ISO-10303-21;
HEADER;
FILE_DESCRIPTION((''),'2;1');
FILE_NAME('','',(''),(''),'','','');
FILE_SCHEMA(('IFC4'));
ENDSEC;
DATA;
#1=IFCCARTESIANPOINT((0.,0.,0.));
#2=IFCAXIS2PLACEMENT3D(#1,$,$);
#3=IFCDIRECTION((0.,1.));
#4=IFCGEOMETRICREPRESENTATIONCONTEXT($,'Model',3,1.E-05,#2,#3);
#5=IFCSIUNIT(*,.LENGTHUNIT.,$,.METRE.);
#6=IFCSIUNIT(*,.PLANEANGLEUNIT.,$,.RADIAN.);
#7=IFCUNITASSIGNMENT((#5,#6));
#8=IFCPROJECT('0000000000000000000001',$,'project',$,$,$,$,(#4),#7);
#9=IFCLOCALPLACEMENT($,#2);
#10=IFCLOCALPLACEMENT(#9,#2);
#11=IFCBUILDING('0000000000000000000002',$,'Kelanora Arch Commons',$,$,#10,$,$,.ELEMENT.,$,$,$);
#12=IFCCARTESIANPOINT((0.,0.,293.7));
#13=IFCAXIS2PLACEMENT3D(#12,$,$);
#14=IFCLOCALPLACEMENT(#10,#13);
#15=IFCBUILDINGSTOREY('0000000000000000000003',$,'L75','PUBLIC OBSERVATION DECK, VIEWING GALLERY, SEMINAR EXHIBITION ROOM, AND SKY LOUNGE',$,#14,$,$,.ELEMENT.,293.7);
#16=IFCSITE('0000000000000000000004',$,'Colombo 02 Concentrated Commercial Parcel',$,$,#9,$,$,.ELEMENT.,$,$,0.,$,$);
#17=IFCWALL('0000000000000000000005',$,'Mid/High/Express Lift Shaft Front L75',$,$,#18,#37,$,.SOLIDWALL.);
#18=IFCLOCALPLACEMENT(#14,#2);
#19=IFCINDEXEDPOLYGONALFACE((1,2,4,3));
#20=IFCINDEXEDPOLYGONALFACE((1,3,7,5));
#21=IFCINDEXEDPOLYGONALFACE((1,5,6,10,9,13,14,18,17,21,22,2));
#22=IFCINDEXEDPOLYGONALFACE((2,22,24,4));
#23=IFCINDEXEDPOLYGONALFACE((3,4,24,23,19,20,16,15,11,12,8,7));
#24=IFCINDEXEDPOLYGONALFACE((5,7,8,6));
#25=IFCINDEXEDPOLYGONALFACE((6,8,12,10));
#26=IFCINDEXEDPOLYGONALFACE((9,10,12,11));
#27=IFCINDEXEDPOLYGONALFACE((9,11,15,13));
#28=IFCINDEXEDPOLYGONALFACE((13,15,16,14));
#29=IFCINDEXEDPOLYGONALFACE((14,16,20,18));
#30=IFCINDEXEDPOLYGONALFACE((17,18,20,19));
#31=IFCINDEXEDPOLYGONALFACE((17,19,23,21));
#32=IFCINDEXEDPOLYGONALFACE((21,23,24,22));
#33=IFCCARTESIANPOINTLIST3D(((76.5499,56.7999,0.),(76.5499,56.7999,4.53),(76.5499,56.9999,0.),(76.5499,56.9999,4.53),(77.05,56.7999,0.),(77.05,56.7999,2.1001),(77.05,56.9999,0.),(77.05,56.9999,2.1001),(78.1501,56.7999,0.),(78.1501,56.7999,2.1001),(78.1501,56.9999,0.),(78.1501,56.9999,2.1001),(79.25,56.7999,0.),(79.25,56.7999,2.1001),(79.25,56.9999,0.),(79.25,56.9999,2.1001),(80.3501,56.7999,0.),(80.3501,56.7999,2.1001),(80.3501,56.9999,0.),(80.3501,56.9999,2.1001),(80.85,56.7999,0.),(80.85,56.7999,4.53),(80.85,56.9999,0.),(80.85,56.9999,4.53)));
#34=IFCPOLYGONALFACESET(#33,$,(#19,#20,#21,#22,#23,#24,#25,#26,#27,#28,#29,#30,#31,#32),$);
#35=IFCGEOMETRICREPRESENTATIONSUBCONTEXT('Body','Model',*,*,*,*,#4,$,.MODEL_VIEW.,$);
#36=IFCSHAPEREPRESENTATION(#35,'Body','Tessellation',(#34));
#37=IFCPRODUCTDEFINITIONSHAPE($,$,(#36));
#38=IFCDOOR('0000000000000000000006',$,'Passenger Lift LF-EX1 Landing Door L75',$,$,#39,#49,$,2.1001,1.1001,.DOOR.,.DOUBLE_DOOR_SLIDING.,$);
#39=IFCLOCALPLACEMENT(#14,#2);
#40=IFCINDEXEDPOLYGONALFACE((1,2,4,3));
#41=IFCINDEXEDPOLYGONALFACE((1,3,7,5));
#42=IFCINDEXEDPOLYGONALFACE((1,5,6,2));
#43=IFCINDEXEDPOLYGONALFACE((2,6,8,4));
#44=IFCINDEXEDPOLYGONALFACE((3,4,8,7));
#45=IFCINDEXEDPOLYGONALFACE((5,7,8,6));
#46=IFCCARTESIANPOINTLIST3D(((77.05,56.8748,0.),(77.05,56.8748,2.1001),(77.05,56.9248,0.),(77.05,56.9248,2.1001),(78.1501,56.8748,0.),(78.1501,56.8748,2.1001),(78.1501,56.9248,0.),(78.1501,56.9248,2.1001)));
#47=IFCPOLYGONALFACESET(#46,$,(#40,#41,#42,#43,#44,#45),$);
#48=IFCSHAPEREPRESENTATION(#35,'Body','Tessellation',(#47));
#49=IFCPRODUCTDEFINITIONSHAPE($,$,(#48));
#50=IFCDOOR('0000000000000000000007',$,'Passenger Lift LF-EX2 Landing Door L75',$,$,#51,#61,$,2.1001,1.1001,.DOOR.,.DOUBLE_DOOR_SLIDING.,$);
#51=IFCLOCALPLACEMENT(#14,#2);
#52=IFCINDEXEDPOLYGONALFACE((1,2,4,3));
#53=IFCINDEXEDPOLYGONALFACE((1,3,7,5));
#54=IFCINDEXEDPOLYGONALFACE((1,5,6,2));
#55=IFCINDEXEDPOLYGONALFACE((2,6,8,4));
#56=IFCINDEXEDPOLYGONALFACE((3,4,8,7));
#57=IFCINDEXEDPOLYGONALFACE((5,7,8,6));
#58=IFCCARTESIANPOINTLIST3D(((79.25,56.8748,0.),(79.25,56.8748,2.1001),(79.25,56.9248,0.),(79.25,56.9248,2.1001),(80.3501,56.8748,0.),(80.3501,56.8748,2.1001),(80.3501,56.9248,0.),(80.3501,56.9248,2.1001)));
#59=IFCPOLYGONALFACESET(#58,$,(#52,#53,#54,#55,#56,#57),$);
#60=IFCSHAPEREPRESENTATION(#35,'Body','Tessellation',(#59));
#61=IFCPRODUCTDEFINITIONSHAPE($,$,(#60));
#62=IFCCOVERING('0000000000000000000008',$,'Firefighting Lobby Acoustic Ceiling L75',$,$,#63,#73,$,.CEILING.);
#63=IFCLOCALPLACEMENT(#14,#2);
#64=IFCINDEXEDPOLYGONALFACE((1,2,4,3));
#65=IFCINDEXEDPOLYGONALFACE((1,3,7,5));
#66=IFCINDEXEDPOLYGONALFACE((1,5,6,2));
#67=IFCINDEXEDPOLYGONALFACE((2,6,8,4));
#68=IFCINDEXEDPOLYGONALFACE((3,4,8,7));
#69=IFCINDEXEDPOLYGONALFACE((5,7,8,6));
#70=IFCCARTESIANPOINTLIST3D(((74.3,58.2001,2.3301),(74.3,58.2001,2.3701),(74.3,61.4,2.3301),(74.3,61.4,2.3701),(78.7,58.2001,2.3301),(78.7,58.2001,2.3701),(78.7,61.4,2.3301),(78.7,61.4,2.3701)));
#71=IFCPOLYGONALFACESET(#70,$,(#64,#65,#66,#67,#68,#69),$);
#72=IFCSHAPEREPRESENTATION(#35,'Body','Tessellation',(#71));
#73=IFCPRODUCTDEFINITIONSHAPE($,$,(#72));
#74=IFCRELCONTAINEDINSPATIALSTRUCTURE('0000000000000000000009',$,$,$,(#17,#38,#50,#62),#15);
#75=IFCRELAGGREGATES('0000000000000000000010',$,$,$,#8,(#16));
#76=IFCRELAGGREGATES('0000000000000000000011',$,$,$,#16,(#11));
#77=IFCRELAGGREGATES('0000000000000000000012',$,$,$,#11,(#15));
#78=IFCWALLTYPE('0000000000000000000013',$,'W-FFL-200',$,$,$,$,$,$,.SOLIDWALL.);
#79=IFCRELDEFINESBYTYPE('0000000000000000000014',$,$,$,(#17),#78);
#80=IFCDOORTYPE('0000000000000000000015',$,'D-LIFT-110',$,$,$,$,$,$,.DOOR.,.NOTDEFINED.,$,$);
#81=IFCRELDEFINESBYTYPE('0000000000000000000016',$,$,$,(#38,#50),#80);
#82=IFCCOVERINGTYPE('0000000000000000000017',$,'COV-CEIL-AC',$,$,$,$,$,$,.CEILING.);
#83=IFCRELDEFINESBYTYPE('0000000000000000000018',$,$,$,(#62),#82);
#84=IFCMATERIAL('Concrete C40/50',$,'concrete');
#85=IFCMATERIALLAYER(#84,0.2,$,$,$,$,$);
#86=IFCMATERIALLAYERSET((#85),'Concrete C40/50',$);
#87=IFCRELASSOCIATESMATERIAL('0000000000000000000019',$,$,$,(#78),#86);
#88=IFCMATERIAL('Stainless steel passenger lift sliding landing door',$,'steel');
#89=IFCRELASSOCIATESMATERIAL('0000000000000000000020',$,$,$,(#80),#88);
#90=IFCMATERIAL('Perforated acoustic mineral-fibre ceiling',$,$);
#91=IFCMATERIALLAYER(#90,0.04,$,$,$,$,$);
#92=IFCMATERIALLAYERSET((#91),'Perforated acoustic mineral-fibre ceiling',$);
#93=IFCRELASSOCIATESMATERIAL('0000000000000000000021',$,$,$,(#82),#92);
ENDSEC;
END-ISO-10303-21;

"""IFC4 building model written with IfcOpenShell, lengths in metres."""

from ifc_helpers import new_model, si_unit, direction, frame, frame_2d, origin, origin_2d, place, context, subcontext, project, spatial, rectangle, extrude, source, transform, mapped, material, layer, layer_set, type_object, element, fill, save


model = new_model("IFC4")

# Units and contexts
model_context = context("Model", 3, precision=1e-05, world=origin(), true_north=direction((0.0, 1.0)))
body_context = subcontext(model_context, "Body", "Model", "MODEL_VIEW")
ifc_project = project(units=[si_unit("LENGTHUNIT", "METRE"), si_unit("PLANEANGLEUNIT", "RADIAN")], contexts=[model_context])

# Site, building, storey
site_placement = place(None, origin())
site = spatial("IfcSite", under=ifc_project, at=site_placement, Name="Colombo 02 Concentrated Commercial Parcel", CompositionType="ELEMENT", RefElevation=0.0)
building_placement = place(site_placement, origin())
building = spatial("IfcBuilding", under=site, at=building_placement, Name="Kelanora Arch Commons", CompositionType="ELEMENT")
storey_placement = place(building_placement, frame((0.0, 0.0, 293.7)))
storey = spatial("IfcBuildingStorey", under=building, at=storey_placement, Name="L75", Description="PUBLIC OBSERVATION DECK, VIEWING GALLERY, SEMINAR EXHIBITION ROOM, AND SKY LOUNGE", CompositionType="ELEMENT", Elevation=293.7)

# Shared definitions
ifc_material_1 = material(Name="Concrete C40/50", Category="concrete")
ifc_layer_1 = layer(ifc_material_1, 0.2)
ifc_layer_set_1 = layer_set([ifc_layer_1], Name="Concrete C40/50")
wall_type_1 = type_object("IfcWallType", Name="W-FFL-200", PredefinedType="SOLIDWALL", material=ifc_layer_set_1)

# Wall, openings, doors
wall_1_placement = place(storey_placement, frame((76.55, 56.8999, 0.0), z_axis=(0.0, 0.0, 1.0), x_axis=(1.0, 0.0, 0.0)))
wall_1 = element("IfcWall", 1, at=wall_1_placement, inside=storey, type_object=wall_type_1, Name="Mid/High/Express Lift Shaft Front L75", PredefinedType="SOLIDWALL", context=body_context, shape_type="SweptSolid", body=[
    extrude(rectangle(XDim=4.3, YDim=0.2, at=frame_2d((2.1499, 0.0))), origin(), (0.0, 0.0, 1.0), 4.53),
])
opening_1_placement = place(wall_1_placement, frame((0.5, 0.0, 0.0)))
opening_1 = element("IfcOpeningElement", 2, at=opening_1_placement, cuts=wall_1, PredefinedType="OPENING", context=body_context, shape_type="SweptSolid", body=[
    extrude(rectangle(XDim=1.1001, YDim=2.1001, at=frame_2d((0.55, 1.05))), frame((0.0, 0.1099, 0.0), z_axis=(0.0, -1.0, 0.0), x_axis=(1.0, 0.0, 0.0)), (0.0, 0.0, 1.0), 0.22),
])
opening_2_placement = place(wall_1_placement, frame((2.7, 0.0, 0.0)))
opening_2 = element("IfcOpeningElement", 3, at=opening_2_placement, cuts=wall_1, PredefinedType="OPENING", context=body_context, shape_type="SweptSolid", body=[
    extrude(rectangle(XDim=1.1001, YDim=2.1001, at=frame_2d((0.55, 1.05))), frame((0.0, 0.1099, 0.0), z_axis=(0.0, -1.0, 0.0), x_axis=(1.0, 0.0, 0.0)), (0.0, 0.0, 1.0), 0.22),
])
ifc_material_2 = material(Name="Stainless steel passenger lift sliding landing door", Category="steel")
door_type_1 = type_object("IfcDoorType", Name="D-LIFT-110", OperationType="NOTDEFINED", PredefinedType="DOOR", material=ifc_material_2)
door_1_placement = place(opening_1_placement, origin())
door_1 = element("IfcDoor", 4, at=door_1_placement, inside=storey, type_object=door_type_1, Name="Passenger Lift LF-EX1 Landing Door L75", OperationType="DOUBLE_DOOR_SLIDING", OverallHeight=2.1001, OverallWidth=1.1001, PredefinedType="DOOR", context=body_context, shape_type="SweptSolid", body=[
    extrude(rectangle(XDim=1.1001, YDim=2.1001, at=frame_2d((0.55, 1.05))), frame((0.0, 0.0249, 0.0), z_axis=(0.0, -1.0, 0.0), x_axis=(1.0, 0.0, 0.0)), (0.0, 0.0, 1.0), 0.05),
])
fill(opening_1, door_1)
door_2_placement = place(opening_2_placement, origin())
door_2 = element("IfcDoor", 5, at=door_2_placement, inside=storey, type_object=door_type_1, Name="Passenger Lift LF-EX2 Landing Door L75", OperationType="DOUBLE_DOOR_SLIDING", OverallHeight=2.1001, OverallWidth=1.1001, PredefinedType="DOOR", context=body_context, shape_type="SweptSolid", body=[
    extrude(rectangle(XDim=1.1001, YDim=2.1001, at=frame_2d((0.55, 1.05))), frame((0.0, 0.0249, 0.0), z_axis=(0.0, -1.0, 0.0), x_axis=(1.0, 0.0, 0.0)), (0.0, 0.0, 1.0), 0.05),
])
fill(opening_2, door_2)

# Covering
ifc_material_3 = material(Name="Perforated acoustic mineral-fibre ceiling")
ifc_layer_2 = layer(ifc_material_3, 0.04)
ifc_layer_set_2 = layer_set([ifc_layer_2], Name="Perforated acoustic mineral-fibre ceiling")
covering_type = type_object("IfcCoveringType", Name="COV-CEIL-AC", PredefinedType="CEILING", material=ifc_layer_set_2)
shared_shape = source(origin(), body_context, "Body", "SweptSolid", [
    extrude(rectangle(XDim=4.3999, YDim=3.2, at=origin_2d()), origin(), (0.0, 0.0, 1.0), 0.04),
])
covering_placement = place(storey_placement, frame((76.5, 59.8, 2.3301), z_axis=(0.0, 0.0, 1.0), x_axis=(1.0, 0.0, 0.0)))
element("IfcCovering", 6, at=covering_placement, inside=storey, type_object=covering_type, Name="Firefighting Lobby Acoustic Ceiling L75", PredefinedType="CEILING", context=body_context, shape_type="MappedRepresentation", body=[
    mapped(shared_shape, transform((0.0, 0.0, 0.0), scale=1.0)),
])

save(model, "model.ifc")
